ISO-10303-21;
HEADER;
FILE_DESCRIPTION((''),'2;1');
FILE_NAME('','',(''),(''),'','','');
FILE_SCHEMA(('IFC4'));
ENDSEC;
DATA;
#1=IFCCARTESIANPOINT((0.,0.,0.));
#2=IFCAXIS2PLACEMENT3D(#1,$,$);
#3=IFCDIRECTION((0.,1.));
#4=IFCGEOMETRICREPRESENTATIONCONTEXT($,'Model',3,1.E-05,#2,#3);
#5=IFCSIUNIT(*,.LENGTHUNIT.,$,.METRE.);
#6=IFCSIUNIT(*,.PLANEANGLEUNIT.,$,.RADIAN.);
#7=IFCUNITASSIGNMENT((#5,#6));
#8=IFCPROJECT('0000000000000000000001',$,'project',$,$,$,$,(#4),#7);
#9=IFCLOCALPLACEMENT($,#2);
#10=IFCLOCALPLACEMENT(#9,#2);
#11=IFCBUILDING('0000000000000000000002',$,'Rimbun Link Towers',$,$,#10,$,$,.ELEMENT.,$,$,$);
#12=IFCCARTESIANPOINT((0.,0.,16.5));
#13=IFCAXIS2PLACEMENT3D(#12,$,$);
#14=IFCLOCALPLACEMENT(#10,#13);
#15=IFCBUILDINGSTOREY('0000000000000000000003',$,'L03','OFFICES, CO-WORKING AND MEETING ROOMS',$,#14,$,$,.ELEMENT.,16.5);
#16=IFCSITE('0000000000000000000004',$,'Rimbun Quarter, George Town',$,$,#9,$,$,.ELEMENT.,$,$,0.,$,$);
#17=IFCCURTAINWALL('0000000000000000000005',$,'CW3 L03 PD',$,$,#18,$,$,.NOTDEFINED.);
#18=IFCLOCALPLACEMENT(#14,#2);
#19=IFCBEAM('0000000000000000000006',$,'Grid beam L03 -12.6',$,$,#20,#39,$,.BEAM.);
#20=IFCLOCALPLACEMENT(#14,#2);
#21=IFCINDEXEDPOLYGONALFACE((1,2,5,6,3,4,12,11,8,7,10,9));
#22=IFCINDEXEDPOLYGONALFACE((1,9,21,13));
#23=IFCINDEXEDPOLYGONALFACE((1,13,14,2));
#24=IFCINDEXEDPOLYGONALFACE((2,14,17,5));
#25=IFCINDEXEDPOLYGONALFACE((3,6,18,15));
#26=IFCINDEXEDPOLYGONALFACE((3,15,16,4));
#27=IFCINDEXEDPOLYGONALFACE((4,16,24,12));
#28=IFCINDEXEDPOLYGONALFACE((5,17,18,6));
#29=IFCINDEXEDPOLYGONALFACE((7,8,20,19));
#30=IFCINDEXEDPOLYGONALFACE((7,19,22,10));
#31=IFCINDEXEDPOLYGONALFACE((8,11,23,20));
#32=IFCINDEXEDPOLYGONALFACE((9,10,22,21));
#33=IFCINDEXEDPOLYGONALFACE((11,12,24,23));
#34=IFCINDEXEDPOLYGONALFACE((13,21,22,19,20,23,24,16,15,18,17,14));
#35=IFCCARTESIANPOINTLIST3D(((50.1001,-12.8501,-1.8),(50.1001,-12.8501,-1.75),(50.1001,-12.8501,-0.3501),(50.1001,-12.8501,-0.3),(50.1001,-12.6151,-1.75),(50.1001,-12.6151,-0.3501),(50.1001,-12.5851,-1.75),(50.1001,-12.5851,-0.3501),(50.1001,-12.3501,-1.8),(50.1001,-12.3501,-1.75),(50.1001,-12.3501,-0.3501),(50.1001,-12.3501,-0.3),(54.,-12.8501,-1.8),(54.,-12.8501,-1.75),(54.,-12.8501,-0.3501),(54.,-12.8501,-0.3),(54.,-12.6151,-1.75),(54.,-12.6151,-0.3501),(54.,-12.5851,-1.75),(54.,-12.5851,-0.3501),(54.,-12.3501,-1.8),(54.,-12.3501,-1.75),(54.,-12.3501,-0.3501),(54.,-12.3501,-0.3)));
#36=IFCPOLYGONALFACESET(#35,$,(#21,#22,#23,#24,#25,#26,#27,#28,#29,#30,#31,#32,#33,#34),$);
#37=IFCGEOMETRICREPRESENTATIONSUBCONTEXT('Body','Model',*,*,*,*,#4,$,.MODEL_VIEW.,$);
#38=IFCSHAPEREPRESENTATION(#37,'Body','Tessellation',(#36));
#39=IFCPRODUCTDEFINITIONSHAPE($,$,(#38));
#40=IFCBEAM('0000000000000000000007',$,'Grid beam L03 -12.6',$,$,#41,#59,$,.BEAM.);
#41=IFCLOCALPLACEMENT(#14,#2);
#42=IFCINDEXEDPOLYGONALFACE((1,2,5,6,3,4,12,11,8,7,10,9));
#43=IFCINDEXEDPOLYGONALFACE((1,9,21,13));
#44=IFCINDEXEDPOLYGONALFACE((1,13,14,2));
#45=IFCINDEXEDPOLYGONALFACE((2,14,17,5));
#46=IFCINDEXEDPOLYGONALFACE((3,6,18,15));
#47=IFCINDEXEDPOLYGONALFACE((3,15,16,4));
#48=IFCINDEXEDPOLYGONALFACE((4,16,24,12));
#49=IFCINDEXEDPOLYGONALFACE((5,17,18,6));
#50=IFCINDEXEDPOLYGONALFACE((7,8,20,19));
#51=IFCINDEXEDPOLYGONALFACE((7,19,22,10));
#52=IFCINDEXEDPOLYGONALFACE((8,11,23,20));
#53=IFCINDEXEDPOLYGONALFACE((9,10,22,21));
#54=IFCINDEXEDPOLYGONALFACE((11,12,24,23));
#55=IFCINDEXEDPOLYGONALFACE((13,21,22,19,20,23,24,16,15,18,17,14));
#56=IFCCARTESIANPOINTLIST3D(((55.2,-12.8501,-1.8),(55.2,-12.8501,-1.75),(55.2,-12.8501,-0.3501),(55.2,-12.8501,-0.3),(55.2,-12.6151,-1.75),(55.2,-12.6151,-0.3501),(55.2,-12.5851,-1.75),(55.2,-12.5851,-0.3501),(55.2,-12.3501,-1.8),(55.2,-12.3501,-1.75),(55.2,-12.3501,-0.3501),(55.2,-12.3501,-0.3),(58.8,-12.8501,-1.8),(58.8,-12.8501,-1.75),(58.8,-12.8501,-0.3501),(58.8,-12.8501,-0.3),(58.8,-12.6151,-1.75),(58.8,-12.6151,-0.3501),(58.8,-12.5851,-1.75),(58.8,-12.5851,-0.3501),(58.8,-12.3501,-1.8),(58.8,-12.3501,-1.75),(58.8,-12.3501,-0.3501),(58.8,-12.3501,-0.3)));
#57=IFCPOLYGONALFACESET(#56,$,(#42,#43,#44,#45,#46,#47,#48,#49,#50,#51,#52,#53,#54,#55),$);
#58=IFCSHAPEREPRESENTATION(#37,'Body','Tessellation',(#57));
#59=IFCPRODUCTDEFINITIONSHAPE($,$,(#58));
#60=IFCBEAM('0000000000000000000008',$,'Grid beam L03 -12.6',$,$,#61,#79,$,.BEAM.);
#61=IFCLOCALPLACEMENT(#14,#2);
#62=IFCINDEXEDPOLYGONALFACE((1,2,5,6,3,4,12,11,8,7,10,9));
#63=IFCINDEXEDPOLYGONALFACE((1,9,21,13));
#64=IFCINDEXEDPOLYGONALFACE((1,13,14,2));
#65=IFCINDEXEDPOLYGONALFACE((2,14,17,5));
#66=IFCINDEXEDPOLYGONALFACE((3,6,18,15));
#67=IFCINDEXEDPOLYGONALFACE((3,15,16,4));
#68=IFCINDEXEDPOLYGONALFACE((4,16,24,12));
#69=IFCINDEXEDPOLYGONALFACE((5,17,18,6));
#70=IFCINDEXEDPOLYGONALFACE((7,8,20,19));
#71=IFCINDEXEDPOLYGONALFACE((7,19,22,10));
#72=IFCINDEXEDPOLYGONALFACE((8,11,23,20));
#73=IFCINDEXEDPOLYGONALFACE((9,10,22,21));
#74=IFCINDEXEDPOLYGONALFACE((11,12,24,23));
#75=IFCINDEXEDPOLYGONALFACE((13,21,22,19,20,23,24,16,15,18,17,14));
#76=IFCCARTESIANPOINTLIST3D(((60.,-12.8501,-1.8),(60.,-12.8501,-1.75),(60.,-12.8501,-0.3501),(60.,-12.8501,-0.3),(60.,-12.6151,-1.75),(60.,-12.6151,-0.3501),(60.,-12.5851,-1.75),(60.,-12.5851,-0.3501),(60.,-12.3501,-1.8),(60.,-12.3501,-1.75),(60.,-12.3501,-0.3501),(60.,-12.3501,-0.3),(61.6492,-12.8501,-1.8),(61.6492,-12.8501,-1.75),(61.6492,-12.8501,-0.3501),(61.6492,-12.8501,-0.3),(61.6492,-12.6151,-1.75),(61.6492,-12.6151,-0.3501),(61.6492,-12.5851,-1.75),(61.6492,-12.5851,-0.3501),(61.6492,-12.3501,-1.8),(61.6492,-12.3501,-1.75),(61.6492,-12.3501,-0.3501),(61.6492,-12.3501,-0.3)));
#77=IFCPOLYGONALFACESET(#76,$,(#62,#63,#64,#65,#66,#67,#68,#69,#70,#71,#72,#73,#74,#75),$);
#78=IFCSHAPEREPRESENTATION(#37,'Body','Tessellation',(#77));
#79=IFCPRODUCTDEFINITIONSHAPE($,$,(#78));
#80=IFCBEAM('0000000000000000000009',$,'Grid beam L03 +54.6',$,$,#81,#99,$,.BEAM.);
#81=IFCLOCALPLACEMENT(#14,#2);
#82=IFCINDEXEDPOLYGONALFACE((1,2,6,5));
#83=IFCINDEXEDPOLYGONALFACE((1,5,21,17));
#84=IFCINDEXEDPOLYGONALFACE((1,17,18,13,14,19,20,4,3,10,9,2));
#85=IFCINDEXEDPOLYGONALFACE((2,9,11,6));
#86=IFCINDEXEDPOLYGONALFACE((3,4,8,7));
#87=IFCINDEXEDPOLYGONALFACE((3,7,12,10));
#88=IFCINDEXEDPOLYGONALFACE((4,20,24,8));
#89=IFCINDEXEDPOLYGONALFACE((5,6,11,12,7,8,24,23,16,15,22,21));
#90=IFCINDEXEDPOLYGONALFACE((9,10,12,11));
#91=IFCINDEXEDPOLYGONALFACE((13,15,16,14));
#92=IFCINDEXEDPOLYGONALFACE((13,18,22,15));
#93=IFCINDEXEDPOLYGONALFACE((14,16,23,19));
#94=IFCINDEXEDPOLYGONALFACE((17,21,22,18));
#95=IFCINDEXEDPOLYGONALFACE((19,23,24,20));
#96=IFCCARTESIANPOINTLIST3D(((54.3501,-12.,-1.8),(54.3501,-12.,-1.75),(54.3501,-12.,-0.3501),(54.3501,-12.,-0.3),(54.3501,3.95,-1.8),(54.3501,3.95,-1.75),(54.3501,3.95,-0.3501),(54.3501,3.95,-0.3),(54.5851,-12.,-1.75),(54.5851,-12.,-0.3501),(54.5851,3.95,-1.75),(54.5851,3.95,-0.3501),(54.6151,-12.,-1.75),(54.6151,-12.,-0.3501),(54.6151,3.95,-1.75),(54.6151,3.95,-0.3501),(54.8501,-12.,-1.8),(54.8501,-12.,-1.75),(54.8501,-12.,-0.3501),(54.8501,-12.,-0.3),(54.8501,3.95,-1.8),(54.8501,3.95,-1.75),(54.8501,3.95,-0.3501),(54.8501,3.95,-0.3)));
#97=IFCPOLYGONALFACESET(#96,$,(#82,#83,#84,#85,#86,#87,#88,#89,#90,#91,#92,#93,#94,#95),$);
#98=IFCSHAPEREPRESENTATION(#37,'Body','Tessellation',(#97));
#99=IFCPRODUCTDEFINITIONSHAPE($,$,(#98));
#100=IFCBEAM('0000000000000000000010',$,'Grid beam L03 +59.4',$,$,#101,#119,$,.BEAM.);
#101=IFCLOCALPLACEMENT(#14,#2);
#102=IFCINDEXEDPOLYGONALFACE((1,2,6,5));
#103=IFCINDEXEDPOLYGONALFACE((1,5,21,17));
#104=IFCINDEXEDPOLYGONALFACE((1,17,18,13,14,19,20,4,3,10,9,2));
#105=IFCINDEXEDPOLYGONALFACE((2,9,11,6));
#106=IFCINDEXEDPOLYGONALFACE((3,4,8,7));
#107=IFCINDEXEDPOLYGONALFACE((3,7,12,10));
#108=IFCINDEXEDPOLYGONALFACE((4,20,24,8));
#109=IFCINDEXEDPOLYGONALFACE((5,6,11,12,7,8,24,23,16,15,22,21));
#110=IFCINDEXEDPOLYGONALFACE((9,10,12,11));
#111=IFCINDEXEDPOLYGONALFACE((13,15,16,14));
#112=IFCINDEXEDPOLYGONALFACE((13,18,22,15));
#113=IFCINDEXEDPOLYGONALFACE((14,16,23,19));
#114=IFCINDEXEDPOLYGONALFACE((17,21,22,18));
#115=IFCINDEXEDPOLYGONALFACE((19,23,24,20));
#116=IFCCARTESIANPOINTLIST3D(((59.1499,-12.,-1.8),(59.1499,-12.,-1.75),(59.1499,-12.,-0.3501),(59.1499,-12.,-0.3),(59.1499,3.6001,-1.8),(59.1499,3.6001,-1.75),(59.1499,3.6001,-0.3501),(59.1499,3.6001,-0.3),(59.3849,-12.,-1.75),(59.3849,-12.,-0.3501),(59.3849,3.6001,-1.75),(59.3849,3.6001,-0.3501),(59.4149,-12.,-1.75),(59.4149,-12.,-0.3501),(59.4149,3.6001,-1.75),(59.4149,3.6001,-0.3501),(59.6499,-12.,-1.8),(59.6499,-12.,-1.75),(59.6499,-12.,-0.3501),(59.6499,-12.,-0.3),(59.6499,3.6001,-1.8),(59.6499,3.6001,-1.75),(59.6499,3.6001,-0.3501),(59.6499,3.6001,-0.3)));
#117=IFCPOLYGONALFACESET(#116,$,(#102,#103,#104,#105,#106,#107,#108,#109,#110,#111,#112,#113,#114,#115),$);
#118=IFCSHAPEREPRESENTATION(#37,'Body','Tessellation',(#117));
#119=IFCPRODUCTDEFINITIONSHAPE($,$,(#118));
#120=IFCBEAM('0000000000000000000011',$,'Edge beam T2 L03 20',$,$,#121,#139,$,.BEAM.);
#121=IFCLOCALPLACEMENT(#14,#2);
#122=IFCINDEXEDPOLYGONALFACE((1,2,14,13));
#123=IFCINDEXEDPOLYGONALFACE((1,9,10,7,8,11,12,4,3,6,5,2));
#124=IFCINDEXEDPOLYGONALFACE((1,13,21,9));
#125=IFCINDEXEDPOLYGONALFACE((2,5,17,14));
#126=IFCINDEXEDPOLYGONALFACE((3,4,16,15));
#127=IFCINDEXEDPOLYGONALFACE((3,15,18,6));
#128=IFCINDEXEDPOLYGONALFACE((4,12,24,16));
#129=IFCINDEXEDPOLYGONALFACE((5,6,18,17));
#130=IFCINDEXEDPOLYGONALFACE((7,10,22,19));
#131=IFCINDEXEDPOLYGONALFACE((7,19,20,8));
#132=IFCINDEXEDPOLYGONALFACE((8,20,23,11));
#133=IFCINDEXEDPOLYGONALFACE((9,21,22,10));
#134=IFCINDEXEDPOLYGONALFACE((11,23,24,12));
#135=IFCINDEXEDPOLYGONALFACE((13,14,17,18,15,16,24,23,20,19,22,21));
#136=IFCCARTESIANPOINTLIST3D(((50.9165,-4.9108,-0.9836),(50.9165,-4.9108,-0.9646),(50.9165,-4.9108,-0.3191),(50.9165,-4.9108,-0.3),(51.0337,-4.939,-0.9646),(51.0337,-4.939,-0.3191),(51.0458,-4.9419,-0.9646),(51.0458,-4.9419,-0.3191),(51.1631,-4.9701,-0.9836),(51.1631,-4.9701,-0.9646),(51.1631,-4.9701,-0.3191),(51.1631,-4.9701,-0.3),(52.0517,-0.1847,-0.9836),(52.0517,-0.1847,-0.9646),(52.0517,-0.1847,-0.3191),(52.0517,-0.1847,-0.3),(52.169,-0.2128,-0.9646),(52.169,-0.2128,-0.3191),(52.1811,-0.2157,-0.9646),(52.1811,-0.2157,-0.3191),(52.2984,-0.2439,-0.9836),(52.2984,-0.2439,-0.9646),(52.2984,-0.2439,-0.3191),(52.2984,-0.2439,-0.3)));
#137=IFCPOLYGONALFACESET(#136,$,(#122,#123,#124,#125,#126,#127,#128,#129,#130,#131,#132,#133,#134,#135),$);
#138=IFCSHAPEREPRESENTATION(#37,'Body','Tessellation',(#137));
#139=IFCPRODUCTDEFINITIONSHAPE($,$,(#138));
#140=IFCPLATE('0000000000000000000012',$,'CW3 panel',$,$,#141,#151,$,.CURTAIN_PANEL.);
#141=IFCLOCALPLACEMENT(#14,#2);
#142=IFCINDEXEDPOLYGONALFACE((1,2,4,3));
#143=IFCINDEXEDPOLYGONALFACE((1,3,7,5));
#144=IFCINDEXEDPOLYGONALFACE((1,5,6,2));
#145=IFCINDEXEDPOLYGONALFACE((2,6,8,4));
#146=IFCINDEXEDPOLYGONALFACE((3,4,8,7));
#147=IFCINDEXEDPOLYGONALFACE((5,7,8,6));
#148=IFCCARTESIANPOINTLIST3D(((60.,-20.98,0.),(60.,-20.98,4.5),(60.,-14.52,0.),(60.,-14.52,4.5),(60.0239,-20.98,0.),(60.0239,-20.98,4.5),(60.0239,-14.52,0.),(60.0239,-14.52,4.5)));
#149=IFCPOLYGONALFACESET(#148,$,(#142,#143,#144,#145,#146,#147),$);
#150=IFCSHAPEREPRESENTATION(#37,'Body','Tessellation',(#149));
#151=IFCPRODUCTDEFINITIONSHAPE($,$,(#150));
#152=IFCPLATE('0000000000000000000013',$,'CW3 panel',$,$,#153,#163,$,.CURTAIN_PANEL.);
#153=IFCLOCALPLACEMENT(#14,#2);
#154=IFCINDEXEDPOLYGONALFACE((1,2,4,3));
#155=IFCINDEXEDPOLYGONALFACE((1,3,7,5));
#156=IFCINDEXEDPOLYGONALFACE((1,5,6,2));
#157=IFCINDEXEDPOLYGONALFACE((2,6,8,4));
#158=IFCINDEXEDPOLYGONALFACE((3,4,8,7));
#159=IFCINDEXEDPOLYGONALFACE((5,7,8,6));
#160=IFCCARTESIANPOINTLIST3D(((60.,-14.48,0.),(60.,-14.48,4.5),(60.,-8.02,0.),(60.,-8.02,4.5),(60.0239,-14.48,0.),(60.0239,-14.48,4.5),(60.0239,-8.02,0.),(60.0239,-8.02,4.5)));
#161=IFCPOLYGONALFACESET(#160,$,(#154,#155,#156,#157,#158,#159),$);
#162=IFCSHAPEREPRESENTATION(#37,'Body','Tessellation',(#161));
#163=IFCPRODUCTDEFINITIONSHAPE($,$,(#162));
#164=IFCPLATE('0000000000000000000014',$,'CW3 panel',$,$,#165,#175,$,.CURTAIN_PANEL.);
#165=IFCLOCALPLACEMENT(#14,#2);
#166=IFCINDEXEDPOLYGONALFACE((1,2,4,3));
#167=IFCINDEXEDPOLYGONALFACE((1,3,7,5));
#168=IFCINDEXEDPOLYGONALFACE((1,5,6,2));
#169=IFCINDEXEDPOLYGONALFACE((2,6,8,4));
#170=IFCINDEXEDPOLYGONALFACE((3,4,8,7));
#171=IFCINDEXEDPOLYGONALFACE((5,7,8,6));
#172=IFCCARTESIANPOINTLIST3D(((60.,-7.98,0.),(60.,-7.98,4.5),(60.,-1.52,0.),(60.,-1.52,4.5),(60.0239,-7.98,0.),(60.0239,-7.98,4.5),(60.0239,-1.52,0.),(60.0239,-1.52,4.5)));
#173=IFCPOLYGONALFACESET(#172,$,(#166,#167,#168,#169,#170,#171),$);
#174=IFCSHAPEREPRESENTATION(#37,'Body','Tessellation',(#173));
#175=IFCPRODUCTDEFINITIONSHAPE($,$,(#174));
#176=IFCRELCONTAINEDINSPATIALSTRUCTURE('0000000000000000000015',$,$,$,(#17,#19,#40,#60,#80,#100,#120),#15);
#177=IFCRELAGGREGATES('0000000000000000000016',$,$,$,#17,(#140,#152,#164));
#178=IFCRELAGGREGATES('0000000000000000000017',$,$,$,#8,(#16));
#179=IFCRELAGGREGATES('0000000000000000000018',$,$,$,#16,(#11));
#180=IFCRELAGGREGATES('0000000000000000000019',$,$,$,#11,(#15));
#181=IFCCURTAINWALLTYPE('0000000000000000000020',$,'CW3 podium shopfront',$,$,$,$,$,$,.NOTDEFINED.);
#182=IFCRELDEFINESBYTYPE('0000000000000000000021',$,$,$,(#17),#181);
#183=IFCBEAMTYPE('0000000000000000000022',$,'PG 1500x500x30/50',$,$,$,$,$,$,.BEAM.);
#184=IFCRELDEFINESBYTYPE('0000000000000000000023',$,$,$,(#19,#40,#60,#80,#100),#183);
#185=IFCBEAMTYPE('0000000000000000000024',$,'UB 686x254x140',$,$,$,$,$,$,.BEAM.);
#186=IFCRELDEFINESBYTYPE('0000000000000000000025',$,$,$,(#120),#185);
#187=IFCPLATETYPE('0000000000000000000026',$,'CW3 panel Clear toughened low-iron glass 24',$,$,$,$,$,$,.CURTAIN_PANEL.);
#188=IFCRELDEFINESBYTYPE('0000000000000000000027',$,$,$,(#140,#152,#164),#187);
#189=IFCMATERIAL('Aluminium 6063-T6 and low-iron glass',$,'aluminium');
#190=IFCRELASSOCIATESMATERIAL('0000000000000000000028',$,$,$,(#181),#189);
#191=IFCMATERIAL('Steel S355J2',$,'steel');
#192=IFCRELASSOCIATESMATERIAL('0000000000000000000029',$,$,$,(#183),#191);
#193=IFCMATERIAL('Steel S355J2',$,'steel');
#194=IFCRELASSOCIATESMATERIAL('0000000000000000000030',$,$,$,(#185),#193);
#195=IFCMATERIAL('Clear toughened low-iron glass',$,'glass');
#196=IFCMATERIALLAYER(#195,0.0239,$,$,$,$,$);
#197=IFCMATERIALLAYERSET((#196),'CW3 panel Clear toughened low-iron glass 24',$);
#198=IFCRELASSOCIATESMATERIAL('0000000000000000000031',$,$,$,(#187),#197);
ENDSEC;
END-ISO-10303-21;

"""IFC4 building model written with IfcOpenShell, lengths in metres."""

from ifc_helpers import new_model, si_unit, direction, frame, origin, origin_2d, place, context, subcontext, project, spatial, rectangle, i_section, extrude, material, layer, layer_set, material_profile, profile_set, type_object, element, aggregate, save


model = new_model("IFC4")

# Units and contexts
model_context = context("Model", 3, precision=1e-05, world=origin(), true_north=direction((0.0, 1.0)))
body_context = subcontext(model_context, "Body", "Model", "MODEL_VIEW")
ifc_project = project(units=[si_unit("LENGTHUNIT", "METRE"), si_unit("PLANEANGLEUNIT", "RADIAN")], contexts=[model_context])

# Site, building, storey
site_placement = place(None, origin())
site = spatial("IfcSite", under=ifc_project, at=site_placement, Name="Rimbun Quarter, George Town", CompositionType="ELEMENT", RefElevation=0.0)
building_placement = place(site_placement, origin())
building = spatial("IfcBuilding", under=site, at=building_placement, Name="Rimbun Link Towers", CompositionType="ELEMENT")
storey_placement = place(building_placement, frame((0.0, 0.0, 16.5)))
storey = spatial("IfcBuildingStorey", under=building, at=storey_placement, Name="L03", Description="OFFICES, CO-WORKING AND MEETING ROOMS", CompositionType="ELEMENT", Elevation=16.5)

# Curtain wall
ifc_material_1 = material(Name="Aluminium 6063-T6 and low-iron glass", Category="aluminium")
curtain_wall_type = type_object("IfcCurtainWallType", Name="CW3 podium shopfront", PredefinedType="NOTDEFINED", material=ifc_material_1)
curtain_wall_placement = place(storey_placement, origin())
curtain_wall = element("IfcCurtainWall", 1, at=curtain_wall_placement, inside=storey, type_object=curtain_wall_type, Name="CW3 L03 PD", PredefinedType="NOTDEFINED")

# Beams
ifc_material_2 = material(Name="Steel S355J2", Category="steel")
ifc_material_profile_1 = material_profile(ifc_material_2, i_section(OverallWidth=0.5, OverallDepth=1.5, WebThickness=0.03, FlangeThickness=0.05, at=origin_2d()), Name="PG 1500x500x30/50")
ifc_profile_set_1 = profile_set([ifc_material_profile_1], Name="Steel S355J2")
beam_type_1 = type_object("IfcBeamType", Name="PG 1500x500x30/50", PredefinedType="BEAM", material=ifc_profile_set_1)
beam_1_placement = place(storey_placement, frame((50.1001, -12.6001, -1.05), z_axis=(1.0, 0.0, 0.0), x_axis=(0.0, 1.0, 0.0)))
element("IfcBeam", 2, at=beam_1_placement, inside=storey, type_object=beam_type_1, Name="Grid beam L03 -12.6", PredefinedType="BEAM", context=body_context, shape_type="SweptSolid", body=[
    extrude(i_section(OverallWidth=0.5, OverallDepth=1.5, WebThickness=0.03, FlangeThickness=0.05, at=origin_2d()), origin(), (0.0, 0.0, 1.0), 3.8999),
])
beam_2_placement = place(storey_placement, frame((55.2, -12.6001, -1.05), z_axis=(1.0, 0.0, 0.0), x_axis=(0.0, 1.0, 0.0)))
element("IfcBeam", 3, at=beam_2_placement, inside=storey, type_object=beam_type_1, Name="Grid beam L03 -12.6", PredefinedType="BEAM", context=body_context, shape_type="SweptSolid", body=[
    extrude(i_section(OverallWidth=0.5, OverallDepth=1.5, WebThickness=0.03, FlangeThickness=0.05, at=origin_2d()), origin(), (0.0, 0.0, 1.0), 3.6001),
])
beam_3_placement = place(storey_placement, frame((60.0, -12.6001, -1.05), z_axis=(1.0, 0.0, 0.0), x_axis=(0.0, 1.0, 0.0)))
element("IfcBeam", 4, at=beam_3_placement, inside=storey, type_object=beam_type_1, Name="Grid beam L03 -12.6", PredefinedType="BEAM", context=body_context, shape_type="SweptSolid", body=[
    extrude(i_section(OverallWidth=0.5, OverallDepth=1.5, WebThickness=0.03, FlangeThickness=0.05, at=origin_2d()), origin(), (0.0, 0.0, 1.0), 1.6492),
])
beam_4_placement = place(storey_placement, frame((54.6001, -12.0, -1.05), z_axis=(0.0, 1.0, 0.0), x_axis=(-1.0, 0.0, 0.0)))
element("IfcBeam", 5, at=beam_4_placement, inside=storey, type_object=beam_type_1, Name="Grid beam L03 +54.6", PredefinedType="BEAM", context=body_context, shape_type="SweptSolid", body=[
    extrude(i_section(OverallWidth=0.5, OverallDepth=1.5, WebThickness=0.03, FlangeThickness=0.05, at=origin_2d()), origin(), (0.0, 0.0, 1.0), 15.95),
])
beam_5_placement = place(storey_placement, frame((59.3999, -12.0, -1.05), z_axis=(0.0, 1.0, 0.0), x_axis=(-1.0, 0.0, 0.0)))
element("IfcBeam", 6, at=beam_5_placement, inside=storey, type_object=beam_type_1, Name="Grid beam L03 +59.4", PredefinedType="BEAM", context=body_context, shape_type="SweptSolid", body=[
    extrude(i_section(OverallWidth=0.5, OverallDepth=1.5, WebThickness=0.03, FlangeThickness=0.05, at=origin_2d()), origin(), (0.0, 0.0, 1.0), 15.6001),
])
ifc_material_3 = material(Name="Steel S355J2", Category="steel")
ifc_material_profile_2 = material_profile(ifc_material_3, i_section(OverallWidth=0.2537, OverallDepth=0.6836, WebThickness=0.0125, FlangeThickness=0.019, at=origin_2d()), Name="UB 686x254x140")
ifc_profile_set_2 = profile_set([ifc_material_profile_2], Name="Steel S355J2")
beam_type_2 = type_object("IfcBeamType", Name="UB 686x254x140", PredefinedType="BEAM", material=ifc_profile_set_2)
beam_6_placement = place(storey_placement, frame((51.0398, -4.9404, -0.6418), z_axis=(0.233567, 0.972341, 0.0), x_axis=(-0.972341, 0.233567, 0.0)))
element("IfcBeam", 7, at=beam_6_placement, inside=storey, type_object=beam_type_2, Name="Edge beam T2 L03 20", PredefinedType="BEAM", context=body_context, shape_type="SweptSolid", body=[
    extrude(i_section(OverallWidth=0.2537, OverallDepth=0.6836, WebThickness=0.0125, FlangeThickness=0.019, at=origin_2d()), origin(), (0.0, 0.0, 1.0), 4.8606),
])

# Plates
ifc_material_4 = material(Name="Clear toughened low-iron glass", Category="glass")
ifc_layer_1 = layer(ifc_material_4, 0.0239)
ifc_layer_set_1 = layer_set([ifc_layer_1], Name="CW3 panel Clear toughened low-iron glass 24")
plate_type = type_object("IfcPlateType", Name="CW3 panel Clear toughened low-iron glass 24", PredefinedType="CURTAIN_PANEL", material=ifc_layer_set_1)
plate_1_placement = place(storey_placement, frame((60.012, -17.75, 0.0), z_axis=(0.0, 0.0, 1.0), x_axis=(0.0, -1.0, 0.0)))
plate_1 = element("IfcPlate", 8, at=plate_1_placement, type_object=plate_type, Name="CW3 panel", PredefinedType="CURTAIN_PANEL", context=body_context, shape_type="SweptSolid", body=[
    extrude(rectangle(XDim=6.46, YDim=0.0239, at=origin_2d()), origin(), (0.0, 0.0, 1.0), 4.5),
])
plate_2_placement = place(storey_placement, frame((60.012, -11.25, 0.0), z_axis=(0.0, 0.0, 1.0), x_axis=(0.0, -1.0, 0.0)))
plate_2 = element("IfcPlate", 9, at=plate_2_placement, type_object=plate_type, Name="CW3 panel", PredefinedType="CURTAIN_PANEL", context=body_context, shape_type="SweptSolid", body=[
    extrude(rectangle(XDim=6.46, YDim=0.0239, at=origin_2d()), origin(), (0.0, 0.0, 1.0), 4.5),
])
plate_3_placement = place(storey_placement, frame((60.012, -4.75, 0.0), z_axis=(0.0, 0.0, 1.0), x_axis=(0.0, -1.0, 0.0)))
plate_3 = element("IfcPlate", 10, at=plate_3_placement, type_object=plate_type, Name="CW3 panel", PredefinedType="CURTAIN_PANEL", context=body_context, shape_type="SweptSolid", body=[
    extrude(rectangle(XDim=6.46, YDim=0.0239, at=origin_2d()), origin(), (0.0, 0.0, 1.0), 4.5),
])
aggregate(curtain_wall, [plate_1, plate_2, plate_3])

save(model, "model.ifc")
